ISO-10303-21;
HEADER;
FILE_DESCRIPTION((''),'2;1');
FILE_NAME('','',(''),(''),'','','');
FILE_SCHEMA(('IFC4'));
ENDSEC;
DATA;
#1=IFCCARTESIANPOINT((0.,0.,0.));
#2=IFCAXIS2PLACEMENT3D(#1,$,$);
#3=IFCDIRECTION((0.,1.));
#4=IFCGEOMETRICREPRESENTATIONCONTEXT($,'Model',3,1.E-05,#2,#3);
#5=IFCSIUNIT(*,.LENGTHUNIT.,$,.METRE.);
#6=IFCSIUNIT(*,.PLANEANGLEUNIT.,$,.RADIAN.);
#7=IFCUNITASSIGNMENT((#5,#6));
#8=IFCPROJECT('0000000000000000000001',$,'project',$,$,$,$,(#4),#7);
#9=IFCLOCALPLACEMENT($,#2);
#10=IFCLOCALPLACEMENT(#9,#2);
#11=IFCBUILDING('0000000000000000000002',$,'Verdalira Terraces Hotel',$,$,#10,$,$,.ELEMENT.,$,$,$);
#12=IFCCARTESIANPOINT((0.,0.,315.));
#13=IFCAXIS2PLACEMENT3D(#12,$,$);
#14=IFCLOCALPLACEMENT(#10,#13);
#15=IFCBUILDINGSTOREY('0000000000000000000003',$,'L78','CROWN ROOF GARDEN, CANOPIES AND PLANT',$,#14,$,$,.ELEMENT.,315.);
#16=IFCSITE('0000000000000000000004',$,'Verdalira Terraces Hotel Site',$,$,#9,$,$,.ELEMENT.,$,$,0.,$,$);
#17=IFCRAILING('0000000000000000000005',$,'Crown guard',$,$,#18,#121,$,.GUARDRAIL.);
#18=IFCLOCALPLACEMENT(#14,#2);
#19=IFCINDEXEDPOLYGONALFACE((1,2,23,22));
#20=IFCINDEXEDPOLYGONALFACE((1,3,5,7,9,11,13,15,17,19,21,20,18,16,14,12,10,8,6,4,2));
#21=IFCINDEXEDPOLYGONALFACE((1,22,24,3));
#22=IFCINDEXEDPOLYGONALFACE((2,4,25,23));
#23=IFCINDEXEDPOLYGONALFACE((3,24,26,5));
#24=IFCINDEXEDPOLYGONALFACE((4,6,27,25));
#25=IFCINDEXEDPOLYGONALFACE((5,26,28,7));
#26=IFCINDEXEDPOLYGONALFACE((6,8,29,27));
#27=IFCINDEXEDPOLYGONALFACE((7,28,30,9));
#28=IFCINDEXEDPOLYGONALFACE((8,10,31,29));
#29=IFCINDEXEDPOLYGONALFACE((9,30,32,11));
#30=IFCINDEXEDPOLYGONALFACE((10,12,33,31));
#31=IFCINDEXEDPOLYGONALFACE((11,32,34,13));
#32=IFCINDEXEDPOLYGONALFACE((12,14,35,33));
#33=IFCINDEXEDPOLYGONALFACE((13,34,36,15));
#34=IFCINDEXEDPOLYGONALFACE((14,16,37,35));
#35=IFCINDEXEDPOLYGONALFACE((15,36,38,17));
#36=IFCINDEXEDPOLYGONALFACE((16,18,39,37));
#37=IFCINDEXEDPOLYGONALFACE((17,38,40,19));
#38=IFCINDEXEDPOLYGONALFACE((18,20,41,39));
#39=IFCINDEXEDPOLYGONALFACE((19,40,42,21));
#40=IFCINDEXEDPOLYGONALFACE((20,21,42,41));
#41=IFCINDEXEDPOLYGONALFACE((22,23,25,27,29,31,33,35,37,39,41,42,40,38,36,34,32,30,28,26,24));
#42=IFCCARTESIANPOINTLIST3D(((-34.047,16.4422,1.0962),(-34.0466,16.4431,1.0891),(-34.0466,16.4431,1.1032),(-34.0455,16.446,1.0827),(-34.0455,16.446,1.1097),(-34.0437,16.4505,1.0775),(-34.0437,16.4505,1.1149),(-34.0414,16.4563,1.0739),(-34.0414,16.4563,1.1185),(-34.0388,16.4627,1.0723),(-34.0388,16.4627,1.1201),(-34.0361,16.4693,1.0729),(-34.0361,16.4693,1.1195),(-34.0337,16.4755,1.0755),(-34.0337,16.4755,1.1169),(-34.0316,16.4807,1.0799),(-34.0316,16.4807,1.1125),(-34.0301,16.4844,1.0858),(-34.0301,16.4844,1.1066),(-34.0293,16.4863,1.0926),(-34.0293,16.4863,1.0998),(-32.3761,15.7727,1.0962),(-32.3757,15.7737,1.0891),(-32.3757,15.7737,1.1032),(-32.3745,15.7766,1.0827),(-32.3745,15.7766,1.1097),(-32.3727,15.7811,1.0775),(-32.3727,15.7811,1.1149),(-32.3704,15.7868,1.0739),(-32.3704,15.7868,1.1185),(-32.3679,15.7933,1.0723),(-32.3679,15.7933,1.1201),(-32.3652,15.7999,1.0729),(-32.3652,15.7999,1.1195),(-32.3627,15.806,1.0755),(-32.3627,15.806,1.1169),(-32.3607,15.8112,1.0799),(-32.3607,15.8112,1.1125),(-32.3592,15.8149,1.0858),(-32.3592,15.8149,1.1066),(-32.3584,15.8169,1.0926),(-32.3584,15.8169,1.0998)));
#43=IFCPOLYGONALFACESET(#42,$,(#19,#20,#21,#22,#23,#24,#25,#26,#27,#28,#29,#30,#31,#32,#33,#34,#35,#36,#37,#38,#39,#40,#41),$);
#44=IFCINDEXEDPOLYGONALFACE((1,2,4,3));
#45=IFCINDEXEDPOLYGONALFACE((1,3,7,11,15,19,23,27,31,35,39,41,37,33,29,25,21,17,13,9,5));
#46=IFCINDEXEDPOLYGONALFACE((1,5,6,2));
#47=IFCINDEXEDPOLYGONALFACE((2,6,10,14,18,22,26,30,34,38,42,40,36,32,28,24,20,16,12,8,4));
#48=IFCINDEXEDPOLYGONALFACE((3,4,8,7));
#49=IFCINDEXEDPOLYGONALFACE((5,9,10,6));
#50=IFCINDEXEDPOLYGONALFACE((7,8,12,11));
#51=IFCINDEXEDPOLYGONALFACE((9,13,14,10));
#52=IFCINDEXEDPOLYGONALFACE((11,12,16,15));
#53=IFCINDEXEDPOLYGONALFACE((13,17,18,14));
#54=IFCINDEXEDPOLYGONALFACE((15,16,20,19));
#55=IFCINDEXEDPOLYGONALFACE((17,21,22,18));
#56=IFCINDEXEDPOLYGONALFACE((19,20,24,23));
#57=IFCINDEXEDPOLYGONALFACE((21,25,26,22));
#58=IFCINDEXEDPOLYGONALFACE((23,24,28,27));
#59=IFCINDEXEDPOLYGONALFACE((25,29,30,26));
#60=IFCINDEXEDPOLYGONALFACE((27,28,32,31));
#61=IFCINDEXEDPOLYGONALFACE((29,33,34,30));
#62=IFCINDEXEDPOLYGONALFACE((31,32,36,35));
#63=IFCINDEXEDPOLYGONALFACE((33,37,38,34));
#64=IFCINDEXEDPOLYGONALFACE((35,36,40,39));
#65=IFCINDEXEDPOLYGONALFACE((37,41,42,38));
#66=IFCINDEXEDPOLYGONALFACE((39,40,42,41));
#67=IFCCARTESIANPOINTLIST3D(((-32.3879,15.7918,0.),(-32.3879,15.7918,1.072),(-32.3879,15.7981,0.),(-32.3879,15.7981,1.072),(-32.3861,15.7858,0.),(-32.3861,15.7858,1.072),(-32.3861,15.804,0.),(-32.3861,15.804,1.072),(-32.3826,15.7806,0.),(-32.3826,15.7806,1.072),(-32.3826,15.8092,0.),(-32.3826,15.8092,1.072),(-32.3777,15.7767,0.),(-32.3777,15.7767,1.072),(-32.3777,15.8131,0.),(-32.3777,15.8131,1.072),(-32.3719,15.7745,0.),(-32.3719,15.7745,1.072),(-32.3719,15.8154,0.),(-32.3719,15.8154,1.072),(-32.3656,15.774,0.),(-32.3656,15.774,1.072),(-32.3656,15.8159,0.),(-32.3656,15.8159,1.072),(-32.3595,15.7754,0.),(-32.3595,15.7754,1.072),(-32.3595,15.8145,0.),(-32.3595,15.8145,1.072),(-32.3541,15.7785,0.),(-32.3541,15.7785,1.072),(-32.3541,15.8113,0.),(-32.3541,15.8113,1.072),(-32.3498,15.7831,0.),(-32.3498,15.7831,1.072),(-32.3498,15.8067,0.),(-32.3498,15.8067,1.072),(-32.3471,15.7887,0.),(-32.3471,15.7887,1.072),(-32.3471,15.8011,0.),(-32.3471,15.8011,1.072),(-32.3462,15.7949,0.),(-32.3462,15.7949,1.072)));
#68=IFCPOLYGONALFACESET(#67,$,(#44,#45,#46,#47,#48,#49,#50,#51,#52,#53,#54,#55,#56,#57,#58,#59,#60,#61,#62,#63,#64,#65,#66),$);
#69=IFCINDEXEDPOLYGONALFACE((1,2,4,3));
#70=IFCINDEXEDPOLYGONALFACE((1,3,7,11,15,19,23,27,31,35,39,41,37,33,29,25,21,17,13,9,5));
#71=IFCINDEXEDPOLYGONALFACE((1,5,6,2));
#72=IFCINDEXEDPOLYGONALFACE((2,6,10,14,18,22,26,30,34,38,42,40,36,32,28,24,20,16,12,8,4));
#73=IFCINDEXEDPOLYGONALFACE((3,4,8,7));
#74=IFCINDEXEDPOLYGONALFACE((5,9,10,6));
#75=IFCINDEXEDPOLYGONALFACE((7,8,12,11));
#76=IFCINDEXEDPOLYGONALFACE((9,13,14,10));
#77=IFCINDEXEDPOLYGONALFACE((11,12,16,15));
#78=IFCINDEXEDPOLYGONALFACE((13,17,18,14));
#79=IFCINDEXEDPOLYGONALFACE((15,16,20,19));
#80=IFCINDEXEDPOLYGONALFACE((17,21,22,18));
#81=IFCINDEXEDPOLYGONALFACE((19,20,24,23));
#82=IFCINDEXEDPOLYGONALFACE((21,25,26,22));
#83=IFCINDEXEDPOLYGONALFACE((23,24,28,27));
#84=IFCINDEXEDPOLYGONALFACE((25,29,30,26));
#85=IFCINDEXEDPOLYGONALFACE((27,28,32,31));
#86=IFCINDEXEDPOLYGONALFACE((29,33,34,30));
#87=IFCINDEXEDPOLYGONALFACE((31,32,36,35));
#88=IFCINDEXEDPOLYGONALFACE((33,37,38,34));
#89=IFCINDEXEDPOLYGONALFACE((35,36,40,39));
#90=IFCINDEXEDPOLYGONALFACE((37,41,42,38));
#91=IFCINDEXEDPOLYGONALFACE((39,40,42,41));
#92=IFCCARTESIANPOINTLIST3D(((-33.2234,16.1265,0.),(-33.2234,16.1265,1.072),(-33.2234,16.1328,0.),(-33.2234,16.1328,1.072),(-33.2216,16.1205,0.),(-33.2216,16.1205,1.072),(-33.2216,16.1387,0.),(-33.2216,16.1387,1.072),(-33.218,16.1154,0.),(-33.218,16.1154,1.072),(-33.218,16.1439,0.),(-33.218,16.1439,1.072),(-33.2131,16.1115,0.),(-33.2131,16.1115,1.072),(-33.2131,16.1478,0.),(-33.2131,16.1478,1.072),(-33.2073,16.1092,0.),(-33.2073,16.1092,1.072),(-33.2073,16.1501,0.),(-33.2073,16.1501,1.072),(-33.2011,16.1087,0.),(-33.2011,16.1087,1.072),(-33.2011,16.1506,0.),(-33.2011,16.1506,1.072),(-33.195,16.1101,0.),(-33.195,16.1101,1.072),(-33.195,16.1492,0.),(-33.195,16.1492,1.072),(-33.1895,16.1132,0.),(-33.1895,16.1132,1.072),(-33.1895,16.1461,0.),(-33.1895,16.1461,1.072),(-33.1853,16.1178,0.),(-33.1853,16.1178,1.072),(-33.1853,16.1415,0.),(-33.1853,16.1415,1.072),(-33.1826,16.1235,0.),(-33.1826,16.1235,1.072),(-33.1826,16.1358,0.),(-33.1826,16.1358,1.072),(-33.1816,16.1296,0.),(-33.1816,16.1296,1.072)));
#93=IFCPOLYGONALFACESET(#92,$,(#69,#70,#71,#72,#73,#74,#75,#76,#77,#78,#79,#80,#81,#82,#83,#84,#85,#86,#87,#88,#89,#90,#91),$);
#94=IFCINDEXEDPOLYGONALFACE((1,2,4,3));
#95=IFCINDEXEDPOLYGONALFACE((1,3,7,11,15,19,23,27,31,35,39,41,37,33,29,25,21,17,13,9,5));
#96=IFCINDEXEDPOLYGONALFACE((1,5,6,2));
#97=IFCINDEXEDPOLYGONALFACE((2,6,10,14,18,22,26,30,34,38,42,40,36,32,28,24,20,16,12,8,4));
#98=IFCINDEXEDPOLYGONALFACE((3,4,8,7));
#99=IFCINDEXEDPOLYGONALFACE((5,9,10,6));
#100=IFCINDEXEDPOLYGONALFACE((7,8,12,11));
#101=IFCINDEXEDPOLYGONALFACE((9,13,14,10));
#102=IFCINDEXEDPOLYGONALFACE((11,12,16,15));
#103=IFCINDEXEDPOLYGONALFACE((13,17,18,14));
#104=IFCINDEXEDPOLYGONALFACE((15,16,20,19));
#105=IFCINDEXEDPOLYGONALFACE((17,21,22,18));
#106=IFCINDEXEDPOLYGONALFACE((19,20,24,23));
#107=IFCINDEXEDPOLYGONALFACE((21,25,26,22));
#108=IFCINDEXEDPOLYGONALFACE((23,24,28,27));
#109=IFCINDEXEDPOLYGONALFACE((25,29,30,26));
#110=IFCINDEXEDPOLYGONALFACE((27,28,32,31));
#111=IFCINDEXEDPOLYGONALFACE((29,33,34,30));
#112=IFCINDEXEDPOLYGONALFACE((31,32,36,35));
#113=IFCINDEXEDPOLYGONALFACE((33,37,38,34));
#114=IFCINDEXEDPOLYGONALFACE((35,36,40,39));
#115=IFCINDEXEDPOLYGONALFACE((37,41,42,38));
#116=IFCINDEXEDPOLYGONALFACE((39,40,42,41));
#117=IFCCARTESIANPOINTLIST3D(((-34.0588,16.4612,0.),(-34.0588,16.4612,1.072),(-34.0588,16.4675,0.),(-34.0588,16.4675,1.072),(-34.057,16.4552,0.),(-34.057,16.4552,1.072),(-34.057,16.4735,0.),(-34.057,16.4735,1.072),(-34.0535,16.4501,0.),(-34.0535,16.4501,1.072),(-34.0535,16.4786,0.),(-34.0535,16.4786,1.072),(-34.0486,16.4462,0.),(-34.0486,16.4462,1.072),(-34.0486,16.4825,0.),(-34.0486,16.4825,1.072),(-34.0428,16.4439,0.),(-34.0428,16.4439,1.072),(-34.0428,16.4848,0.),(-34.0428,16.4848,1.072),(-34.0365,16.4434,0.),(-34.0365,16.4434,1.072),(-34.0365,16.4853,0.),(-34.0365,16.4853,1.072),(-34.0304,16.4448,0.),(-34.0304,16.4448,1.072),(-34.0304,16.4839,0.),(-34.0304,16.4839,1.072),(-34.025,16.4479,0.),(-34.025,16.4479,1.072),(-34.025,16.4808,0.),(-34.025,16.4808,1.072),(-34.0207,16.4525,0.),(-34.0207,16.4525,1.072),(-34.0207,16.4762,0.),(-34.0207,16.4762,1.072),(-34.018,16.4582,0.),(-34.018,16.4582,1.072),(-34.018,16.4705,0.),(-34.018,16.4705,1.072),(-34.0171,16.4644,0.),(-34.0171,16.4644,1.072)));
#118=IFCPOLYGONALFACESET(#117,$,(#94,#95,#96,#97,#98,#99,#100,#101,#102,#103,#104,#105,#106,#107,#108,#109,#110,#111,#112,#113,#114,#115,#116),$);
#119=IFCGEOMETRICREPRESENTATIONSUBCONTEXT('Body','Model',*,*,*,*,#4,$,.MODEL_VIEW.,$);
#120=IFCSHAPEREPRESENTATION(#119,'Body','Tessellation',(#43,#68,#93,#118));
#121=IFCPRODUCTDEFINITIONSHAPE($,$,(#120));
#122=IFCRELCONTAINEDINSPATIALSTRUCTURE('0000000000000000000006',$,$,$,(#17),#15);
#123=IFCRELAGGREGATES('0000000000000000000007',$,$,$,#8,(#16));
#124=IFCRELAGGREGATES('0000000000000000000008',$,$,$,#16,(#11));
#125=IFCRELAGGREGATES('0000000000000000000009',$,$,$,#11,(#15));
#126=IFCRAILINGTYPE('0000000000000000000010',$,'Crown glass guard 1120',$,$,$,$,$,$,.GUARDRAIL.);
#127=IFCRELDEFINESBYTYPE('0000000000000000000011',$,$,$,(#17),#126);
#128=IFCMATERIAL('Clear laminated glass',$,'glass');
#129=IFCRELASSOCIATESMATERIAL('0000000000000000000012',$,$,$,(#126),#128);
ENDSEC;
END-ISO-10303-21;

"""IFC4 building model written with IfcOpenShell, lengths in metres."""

from ifc_helpers import new_model, si_unit, direction, frame, origin, origin_2d, place, context, subcontext, project, spatial, circle, extrude, material, type_object, element, save


model = new_model("IFC4")

# Units and contexts
model_context = context("Model", 3, precision=1e-05, world=origin(), true_north=direction((0.0, 1.0)))
body_context = subcontext(model_context, "Body", "Model", "MODEL_VIEW")
ifc_project = project(units=[si_unit("LENGTHUNIT", "METRE"), si_unit("PLANEANGLEUNIT", "RADIAN")], contexts=[model_context])

# Site, building, storey
site_placement = place(None, origin())
site = spatial("IfcSite", under=ifc_project, at=site_placement, Name="Verdalira Terraces Hotel Site", CompositionType="ELEMENT", RefElevation=0.0)
building_placement = place(site_placement, origin())
building = spatial("IfcBuilding", under=site, at=building_placement, Name="Verdalira Terraces Hotel", CompositionType="ELEMENT")
storey_placement = place(building_placement, frame((0.0, 0.0, 315.0)))
storey = spatial("IfcBuildingStorey", under=building, at=storey_placement, Name="L78", Description="CROWN ROOF GARDEN, CANOPIES AND PLANT", CompositionType="ELEMENT", Elevation=315.0)

# Railing
ifc_material_1 = material(Name="Clear laminated glass", Category="glass")
railing_type = type_object("IfcRailingType", Name="Crown glass guard 1120", PredefinedType="GUARDRAIL", material=ifc_material_1)
railing_1_placement = place(storey_placement, frame((-32.3672, 15.7949, 0.0)))
element("IfcRailing", 1, at=railing_1_placement, inside=storey, type_object=railing_type, Name="Crown guard", PredefinedType="GUARDRAIL", context=body_context, shape_type="SweptSolid", body=[
    extrude(circle(Radius=0.0239, at=origin_2d()), frame((0.0, 0.0, 1.0962), z_axis=(-0.928271, 0.371905, 0.0), x_axis=(-0.371905, -0.928271, 0.0)), (0.0, 0.0, 1.0), 1.8),
    extrude(circle(Radius=0.021, at=origin_2d()), origin(), (0.0, 0.0, 1.0), 1.072),
    extrude(circle(Radius=0.021, at=origin_2d()), frame((-0.8354, 0.3347, 0.0)), (0.0, 0.0, 1.0), 1.072),
    extrude(circle(Radius=0.021, at=origin_2d()), frame((-1.6709, 0.6694, 0.0)), (0.0, 0.0, 1.0), 1.072),
])

save(model, "model.ifc")
